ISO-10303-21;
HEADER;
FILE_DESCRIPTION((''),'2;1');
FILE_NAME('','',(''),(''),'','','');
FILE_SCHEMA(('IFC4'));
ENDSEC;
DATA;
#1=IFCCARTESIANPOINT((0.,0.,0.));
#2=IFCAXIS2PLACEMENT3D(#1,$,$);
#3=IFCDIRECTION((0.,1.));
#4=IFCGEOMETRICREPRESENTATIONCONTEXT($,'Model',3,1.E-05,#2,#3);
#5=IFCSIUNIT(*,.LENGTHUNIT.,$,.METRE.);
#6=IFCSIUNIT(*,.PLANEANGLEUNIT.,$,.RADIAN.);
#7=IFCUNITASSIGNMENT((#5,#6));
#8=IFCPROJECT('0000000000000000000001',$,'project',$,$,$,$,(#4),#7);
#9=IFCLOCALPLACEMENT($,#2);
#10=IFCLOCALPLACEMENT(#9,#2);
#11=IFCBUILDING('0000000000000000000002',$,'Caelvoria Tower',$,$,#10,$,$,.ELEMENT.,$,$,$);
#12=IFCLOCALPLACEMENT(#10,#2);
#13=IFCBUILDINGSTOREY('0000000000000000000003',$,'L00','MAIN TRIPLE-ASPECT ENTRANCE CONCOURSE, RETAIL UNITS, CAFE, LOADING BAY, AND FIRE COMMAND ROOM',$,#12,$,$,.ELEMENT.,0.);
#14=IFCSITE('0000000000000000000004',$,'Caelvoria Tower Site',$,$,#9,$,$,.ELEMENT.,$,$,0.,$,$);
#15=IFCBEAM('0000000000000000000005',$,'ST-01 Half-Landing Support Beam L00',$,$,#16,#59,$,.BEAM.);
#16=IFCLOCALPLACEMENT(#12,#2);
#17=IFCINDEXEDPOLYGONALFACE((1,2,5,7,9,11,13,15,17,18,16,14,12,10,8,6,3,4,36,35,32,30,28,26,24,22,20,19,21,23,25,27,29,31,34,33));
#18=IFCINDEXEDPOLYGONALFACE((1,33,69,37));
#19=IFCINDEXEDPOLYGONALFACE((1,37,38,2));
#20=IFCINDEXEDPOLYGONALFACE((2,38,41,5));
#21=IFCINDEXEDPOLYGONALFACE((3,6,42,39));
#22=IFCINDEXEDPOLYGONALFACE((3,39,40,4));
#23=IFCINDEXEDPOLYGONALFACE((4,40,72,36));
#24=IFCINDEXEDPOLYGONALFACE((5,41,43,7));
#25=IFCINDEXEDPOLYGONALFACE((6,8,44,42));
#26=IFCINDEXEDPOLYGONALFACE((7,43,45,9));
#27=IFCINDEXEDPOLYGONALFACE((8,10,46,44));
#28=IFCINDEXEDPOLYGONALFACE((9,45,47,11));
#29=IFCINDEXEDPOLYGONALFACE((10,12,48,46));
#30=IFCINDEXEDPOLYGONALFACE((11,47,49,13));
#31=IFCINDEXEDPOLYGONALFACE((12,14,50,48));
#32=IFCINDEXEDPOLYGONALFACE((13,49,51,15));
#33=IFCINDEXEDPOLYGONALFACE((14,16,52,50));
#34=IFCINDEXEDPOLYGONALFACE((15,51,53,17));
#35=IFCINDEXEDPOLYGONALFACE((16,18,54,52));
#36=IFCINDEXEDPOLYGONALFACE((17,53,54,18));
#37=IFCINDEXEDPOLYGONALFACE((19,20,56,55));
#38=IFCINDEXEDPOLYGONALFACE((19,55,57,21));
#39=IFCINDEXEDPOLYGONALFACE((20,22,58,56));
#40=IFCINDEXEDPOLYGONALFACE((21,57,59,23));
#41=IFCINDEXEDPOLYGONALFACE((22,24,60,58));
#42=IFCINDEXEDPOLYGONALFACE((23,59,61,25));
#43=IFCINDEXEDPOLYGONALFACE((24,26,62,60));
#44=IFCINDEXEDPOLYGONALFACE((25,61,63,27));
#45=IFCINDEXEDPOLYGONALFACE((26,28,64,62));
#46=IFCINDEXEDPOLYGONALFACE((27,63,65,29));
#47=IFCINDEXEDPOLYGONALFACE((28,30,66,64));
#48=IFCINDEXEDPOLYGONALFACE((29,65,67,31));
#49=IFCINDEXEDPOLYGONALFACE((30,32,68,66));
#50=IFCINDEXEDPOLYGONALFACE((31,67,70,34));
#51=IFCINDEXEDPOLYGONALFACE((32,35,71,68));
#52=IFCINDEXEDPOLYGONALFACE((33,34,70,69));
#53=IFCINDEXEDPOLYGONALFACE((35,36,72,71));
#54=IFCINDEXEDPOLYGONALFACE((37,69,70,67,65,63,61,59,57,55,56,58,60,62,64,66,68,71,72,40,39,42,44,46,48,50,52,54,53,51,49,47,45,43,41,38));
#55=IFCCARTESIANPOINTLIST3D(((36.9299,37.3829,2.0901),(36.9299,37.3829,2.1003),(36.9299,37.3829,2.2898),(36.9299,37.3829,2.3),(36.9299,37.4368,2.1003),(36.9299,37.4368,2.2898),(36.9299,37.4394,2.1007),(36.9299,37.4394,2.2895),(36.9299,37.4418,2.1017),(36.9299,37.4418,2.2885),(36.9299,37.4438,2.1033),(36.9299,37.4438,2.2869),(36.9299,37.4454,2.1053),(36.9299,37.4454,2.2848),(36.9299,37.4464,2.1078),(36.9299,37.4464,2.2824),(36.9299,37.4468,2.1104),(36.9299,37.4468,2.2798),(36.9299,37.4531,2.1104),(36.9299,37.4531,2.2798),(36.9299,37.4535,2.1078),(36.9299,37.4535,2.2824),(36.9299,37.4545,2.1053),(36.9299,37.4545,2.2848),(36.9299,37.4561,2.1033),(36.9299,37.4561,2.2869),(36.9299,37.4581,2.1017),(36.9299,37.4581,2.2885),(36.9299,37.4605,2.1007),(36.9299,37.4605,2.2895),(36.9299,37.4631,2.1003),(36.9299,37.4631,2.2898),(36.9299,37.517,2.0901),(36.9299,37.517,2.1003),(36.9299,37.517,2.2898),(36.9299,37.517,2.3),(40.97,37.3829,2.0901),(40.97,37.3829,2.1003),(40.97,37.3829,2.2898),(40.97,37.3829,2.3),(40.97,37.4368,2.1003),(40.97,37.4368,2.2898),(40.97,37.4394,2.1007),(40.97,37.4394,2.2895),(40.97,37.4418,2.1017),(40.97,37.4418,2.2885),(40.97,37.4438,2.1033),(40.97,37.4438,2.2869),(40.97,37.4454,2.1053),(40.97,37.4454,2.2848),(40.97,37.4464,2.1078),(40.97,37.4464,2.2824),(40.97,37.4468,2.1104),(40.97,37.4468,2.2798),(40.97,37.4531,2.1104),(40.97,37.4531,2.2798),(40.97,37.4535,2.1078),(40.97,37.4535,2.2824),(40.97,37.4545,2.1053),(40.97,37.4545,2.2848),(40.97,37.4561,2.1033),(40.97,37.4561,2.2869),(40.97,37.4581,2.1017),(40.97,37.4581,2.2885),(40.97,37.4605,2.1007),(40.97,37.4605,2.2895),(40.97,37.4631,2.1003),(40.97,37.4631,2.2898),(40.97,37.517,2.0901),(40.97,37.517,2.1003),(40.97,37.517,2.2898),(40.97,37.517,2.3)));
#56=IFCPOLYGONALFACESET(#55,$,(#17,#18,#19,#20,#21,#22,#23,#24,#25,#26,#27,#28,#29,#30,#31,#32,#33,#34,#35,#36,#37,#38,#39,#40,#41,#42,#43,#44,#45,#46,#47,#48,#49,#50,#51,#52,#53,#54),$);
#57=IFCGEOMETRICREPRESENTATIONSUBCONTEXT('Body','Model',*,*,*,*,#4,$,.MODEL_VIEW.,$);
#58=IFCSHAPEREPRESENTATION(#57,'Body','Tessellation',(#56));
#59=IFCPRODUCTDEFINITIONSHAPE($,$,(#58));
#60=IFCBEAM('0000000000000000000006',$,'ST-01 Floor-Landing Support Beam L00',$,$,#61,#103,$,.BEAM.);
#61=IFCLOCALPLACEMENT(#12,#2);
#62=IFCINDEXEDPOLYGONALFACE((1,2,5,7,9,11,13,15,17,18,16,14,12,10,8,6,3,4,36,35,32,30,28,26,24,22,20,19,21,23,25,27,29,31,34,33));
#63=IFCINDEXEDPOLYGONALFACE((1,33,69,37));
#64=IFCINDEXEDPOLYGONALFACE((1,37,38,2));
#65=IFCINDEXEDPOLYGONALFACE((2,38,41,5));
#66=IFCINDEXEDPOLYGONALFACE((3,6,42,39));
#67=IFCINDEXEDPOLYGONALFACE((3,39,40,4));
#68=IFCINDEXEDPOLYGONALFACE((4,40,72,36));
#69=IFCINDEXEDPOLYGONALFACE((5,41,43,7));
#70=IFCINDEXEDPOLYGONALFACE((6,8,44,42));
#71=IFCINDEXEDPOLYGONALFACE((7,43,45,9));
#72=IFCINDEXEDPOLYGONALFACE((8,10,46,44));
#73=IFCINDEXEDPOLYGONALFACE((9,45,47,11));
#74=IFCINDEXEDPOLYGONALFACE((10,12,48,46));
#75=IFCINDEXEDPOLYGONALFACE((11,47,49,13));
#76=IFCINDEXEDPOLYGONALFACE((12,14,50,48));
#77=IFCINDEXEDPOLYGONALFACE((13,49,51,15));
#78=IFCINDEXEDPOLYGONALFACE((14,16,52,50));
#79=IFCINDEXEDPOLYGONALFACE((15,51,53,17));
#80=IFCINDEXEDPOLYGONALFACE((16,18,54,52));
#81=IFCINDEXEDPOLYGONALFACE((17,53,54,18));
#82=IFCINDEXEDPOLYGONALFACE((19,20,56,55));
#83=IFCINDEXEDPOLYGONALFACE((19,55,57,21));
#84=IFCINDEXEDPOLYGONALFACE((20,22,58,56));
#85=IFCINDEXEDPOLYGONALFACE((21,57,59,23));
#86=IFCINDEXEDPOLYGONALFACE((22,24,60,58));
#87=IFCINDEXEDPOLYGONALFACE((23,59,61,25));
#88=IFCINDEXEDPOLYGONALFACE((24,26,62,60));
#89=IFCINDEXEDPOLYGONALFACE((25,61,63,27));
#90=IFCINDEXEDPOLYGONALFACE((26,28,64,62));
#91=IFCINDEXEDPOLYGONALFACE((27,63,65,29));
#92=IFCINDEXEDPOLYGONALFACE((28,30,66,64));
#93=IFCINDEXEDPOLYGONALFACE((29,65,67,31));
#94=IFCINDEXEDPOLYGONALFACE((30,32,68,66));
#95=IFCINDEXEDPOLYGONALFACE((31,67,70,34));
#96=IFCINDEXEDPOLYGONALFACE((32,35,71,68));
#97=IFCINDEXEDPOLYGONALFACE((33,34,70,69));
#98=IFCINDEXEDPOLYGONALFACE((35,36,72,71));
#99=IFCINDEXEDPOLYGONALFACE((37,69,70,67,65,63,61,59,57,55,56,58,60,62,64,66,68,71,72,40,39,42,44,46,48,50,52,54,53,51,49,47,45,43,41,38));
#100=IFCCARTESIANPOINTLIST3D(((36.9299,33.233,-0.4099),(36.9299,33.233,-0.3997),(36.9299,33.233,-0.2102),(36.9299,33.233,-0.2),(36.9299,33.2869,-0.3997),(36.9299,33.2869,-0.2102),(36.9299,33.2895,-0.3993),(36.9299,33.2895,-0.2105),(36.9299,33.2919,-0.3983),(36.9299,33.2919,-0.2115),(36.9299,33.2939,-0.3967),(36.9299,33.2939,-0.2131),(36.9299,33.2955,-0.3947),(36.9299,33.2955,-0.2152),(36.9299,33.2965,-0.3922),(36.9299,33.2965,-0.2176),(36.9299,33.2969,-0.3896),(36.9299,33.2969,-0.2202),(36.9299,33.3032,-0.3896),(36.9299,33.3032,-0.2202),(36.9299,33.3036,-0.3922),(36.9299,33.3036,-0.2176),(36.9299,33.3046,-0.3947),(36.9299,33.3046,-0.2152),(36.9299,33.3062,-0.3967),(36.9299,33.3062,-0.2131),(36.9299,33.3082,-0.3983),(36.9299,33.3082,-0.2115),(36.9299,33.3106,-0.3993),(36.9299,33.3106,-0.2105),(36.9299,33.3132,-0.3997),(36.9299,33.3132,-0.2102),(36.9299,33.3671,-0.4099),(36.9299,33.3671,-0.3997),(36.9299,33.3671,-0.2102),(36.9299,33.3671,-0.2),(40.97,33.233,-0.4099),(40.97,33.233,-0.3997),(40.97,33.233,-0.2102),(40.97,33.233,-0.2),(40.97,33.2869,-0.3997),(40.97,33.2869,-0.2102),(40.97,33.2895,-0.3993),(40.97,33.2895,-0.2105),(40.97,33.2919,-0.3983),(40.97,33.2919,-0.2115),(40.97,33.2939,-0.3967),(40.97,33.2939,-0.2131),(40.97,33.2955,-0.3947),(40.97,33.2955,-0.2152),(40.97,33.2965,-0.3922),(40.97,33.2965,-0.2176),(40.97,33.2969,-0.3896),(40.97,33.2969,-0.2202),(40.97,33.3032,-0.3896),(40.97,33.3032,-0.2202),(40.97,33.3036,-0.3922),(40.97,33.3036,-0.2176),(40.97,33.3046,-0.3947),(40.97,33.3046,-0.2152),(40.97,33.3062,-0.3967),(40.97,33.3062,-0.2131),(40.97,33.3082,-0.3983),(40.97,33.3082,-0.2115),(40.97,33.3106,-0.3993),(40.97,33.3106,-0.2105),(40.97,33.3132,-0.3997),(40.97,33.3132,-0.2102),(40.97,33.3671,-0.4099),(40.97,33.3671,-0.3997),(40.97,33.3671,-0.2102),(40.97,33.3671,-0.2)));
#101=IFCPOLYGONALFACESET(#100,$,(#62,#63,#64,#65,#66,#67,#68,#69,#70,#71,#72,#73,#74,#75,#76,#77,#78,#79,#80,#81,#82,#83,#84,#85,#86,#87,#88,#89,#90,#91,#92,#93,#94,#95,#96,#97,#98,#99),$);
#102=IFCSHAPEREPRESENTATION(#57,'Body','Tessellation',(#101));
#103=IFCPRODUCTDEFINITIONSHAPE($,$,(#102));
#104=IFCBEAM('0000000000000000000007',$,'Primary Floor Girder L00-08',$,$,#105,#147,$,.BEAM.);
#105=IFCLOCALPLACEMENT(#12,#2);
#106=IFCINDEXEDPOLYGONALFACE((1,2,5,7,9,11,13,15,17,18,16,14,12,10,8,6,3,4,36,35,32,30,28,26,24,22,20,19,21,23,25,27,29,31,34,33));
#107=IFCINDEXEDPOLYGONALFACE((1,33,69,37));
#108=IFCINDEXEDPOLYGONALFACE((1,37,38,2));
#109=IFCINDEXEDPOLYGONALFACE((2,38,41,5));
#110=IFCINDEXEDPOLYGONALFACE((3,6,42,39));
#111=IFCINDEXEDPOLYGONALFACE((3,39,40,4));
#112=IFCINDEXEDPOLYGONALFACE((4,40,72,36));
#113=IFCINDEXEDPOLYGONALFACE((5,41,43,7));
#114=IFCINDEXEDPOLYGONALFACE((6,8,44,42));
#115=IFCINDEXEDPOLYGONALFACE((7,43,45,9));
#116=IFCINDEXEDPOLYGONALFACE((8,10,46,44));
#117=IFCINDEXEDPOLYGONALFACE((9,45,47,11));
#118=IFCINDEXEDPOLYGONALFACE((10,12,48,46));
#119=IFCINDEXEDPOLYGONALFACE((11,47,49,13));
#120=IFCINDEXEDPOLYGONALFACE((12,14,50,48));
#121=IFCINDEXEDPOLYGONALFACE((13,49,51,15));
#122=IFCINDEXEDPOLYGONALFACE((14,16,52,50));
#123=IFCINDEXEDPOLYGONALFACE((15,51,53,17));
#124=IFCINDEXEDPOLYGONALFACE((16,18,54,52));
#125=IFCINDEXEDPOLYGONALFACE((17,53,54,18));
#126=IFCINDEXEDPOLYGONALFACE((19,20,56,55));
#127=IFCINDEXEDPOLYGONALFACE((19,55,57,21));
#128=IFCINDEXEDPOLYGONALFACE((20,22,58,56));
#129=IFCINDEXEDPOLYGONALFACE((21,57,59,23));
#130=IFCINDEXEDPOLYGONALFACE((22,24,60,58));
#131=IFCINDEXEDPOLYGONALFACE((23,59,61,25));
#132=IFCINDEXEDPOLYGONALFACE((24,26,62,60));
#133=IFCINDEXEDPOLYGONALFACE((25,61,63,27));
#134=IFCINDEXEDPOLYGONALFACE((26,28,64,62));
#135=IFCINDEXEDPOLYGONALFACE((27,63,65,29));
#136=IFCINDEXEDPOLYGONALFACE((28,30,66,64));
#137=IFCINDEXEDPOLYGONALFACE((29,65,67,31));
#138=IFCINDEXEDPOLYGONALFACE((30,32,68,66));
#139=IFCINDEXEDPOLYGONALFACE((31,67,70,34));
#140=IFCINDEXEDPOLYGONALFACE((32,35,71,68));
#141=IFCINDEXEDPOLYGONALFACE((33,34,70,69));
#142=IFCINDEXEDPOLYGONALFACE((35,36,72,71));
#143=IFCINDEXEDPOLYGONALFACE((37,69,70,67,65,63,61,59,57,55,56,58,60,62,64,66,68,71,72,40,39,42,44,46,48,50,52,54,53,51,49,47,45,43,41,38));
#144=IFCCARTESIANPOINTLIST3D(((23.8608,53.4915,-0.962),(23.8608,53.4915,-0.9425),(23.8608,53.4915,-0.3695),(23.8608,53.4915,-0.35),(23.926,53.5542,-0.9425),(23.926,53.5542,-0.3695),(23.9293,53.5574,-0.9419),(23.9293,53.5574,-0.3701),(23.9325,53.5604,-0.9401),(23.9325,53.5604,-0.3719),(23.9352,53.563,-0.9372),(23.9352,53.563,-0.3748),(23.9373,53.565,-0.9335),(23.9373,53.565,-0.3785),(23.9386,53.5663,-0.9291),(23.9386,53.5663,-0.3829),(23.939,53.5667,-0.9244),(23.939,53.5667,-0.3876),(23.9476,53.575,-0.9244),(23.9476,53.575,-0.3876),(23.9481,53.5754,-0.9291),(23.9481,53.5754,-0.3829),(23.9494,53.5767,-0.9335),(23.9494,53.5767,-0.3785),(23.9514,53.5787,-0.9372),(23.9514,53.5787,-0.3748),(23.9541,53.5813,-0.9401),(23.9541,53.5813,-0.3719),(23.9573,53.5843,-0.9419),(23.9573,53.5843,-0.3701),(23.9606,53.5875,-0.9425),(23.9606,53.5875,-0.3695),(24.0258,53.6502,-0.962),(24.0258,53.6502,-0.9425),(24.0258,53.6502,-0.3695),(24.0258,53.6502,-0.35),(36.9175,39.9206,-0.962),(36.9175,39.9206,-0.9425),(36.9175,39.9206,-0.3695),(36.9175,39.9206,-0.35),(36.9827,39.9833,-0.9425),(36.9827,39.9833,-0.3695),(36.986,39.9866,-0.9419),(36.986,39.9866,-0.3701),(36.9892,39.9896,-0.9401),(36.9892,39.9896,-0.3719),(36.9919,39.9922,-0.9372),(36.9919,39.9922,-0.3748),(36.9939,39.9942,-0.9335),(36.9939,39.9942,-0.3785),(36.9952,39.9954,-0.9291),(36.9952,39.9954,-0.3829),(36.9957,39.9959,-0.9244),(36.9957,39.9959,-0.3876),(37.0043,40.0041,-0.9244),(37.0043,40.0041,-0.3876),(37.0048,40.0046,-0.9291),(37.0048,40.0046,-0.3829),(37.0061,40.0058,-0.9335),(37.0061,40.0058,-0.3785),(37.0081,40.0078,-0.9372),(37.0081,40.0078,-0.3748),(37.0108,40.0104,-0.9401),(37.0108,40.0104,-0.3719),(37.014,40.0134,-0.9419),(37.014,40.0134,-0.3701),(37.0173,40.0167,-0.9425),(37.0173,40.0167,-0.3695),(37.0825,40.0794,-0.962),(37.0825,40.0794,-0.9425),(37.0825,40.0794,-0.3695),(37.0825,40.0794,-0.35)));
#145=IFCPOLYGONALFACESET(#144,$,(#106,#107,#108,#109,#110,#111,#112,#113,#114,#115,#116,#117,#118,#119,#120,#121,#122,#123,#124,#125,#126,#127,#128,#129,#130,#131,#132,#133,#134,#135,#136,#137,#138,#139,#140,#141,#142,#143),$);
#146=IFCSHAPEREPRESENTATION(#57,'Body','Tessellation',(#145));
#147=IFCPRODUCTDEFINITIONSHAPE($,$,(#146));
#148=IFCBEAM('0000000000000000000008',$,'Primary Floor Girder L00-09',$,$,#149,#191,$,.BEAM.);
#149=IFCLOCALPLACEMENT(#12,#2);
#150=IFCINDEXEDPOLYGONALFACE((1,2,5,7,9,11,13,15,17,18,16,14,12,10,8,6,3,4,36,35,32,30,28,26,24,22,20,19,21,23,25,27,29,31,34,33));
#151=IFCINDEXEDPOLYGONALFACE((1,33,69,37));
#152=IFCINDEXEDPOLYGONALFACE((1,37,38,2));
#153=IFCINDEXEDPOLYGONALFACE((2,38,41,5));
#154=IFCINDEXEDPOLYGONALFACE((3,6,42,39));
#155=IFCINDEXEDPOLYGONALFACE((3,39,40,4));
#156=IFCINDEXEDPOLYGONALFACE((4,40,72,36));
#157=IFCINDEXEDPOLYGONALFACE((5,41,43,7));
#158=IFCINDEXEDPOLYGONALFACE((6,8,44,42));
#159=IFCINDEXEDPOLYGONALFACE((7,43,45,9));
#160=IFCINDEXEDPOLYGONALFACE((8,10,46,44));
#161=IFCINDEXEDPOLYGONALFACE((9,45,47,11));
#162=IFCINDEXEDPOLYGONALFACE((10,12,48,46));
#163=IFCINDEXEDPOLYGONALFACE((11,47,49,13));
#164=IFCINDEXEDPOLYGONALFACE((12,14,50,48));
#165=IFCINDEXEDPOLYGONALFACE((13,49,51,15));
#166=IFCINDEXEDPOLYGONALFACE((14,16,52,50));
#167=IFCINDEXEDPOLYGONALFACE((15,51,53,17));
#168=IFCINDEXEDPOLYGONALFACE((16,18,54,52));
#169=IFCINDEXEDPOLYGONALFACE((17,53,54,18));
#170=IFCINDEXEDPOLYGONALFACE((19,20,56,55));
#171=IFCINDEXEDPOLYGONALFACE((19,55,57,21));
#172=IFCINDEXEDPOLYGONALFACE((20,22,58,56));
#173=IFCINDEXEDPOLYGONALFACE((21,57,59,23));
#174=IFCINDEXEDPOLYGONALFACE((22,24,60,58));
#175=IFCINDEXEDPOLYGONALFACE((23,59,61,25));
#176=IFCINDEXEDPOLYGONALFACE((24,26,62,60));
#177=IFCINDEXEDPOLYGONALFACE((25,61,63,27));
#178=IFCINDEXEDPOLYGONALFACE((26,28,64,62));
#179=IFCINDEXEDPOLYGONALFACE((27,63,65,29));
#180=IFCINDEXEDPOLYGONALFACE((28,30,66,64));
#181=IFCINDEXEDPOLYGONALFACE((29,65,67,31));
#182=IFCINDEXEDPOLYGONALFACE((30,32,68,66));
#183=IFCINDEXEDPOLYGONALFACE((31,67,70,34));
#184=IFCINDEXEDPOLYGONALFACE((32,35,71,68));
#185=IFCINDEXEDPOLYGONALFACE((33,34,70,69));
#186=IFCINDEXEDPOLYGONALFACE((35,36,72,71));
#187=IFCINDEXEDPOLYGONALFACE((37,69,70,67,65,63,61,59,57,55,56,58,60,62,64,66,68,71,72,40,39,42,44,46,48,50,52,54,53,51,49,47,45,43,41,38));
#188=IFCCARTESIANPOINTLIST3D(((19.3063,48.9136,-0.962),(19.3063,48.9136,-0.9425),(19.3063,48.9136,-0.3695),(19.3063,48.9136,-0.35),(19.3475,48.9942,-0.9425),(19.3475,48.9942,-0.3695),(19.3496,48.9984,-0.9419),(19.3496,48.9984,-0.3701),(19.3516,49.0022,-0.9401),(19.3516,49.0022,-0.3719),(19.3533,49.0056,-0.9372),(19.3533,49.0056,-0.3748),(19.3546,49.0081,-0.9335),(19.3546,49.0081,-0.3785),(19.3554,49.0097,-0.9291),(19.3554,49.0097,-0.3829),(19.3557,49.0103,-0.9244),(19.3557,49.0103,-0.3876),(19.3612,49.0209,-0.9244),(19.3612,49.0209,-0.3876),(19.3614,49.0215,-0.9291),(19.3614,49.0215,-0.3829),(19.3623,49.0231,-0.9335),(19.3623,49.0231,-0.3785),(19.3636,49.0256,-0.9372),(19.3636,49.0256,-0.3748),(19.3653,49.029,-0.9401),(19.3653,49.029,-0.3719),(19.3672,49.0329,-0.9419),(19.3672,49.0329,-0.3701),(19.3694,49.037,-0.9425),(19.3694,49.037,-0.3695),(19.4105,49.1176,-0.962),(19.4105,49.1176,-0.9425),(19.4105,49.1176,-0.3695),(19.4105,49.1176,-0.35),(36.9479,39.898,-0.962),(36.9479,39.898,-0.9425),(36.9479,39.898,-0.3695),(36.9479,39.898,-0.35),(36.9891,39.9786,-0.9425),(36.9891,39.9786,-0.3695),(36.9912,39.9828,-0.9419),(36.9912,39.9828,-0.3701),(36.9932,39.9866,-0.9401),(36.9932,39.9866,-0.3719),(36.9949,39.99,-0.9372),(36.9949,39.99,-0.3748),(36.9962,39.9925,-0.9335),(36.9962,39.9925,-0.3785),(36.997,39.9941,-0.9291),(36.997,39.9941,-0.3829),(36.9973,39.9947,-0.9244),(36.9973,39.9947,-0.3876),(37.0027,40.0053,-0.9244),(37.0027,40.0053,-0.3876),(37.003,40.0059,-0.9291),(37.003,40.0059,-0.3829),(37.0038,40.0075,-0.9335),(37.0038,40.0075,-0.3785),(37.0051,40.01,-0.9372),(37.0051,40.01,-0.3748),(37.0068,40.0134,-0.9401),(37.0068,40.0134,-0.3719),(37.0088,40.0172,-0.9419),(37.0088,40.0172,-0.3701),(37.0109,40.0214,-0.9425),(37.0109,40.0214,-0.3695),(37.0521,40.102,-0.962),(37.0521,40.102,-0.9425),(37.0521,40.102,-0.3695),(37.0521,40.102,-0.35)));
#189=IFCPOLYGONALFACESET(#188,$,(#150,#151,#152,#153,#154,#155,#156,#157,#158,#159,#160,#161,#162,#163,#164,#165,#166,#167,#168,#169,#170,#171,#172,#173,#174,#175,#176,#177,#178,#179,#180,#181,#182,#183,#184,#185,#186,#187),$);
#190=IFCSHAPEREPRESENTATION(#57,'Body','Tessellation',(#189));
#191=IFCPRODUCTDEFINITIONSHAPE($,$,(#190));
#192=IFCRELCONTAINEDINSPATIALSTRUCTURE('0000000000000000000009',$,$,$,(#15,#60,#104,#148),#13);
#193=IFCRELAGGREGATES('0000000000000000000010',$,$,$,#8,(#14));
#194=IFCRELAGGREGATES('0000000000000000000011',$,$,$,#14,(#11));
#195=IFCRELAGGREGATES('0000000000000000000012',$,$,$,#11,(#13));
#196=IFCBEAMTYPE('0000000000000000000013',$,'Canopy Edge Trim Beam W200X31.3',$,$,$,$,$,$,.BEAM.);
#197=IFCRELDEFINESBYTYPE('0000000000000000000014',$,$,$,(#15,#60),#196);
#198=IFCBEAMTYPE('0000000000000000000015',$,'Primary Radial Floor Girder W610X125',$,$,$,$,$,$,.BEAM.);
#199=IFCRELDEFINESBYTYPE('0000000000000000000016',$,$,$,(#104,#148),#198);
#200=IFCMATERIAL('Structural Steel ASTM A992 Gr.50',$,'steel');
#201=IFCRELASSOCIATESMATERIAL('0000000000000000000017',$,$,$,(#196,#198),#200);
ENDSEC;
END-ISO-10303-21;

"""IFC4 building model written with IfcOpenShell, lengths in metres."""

from ifc_helpers import new_model, si_unit, direction, frame, origin, origin_2d, place, context, subcontext, project, spatial, i_section, extrude, material, material_profile, profile_set, type_object, element, save


model = new_model("IFC4")

# Units and contexts
model_context = context("Model", 3, precision=1e-05, world=origin(), true_north=direction((0.0, 1.0)))
body_context = subcontext(model_context, "Body", "Model", "MODEL_VIEW")
ifc_project = project(units=[si_unit("LENGTHUNIT", "METRE"), si_unit("PLANEANGLEUNIT", "RADIAN")], contexts=[model_context])

# Site, building, storey
site_placement = place(None, origin())
site = spatial("IfcSite", under=ifc_project, at=site_placement, Name="Caelvoria Tower Site", CompositionType="ELEMENT", RefElevation=0.0)
building_placement = place(site_placement, origin())
building = spatial("IfcBuilding", under=site, at=building_placement, Name="Caelvoria Tower", CompositionType="ELEMENT")
storey_placement = place(building_placement, origin())
storey = spatial("IfcBuildingStorey", under=building, at=storey_placement, Name="L00", Description="MAIN TRIPLE-ASPECT ENTRANCE CONCOURSE, RETAIL UNITS, CAFE, LOADING BAY, AND FIRE COMMAND ROOM", CompositionType="ELEMENT", Elevation=0.0)

# Beams
ifc_material_1 = material(Name="Structural Steel ASTM A992 Gr.50", Category="steel")
ifc_material_profile_1 = material_profile(ifc_material_1, i_section(OverallWidth=0.134, OverallDepth=0.21, WebThickness=0.0063, FlangeThickness=0.0103, FilletRadius=0.01, at=origin_2d()), Name="Structural Steel ASTM A992 Gr.50")
ifc_profile_set_1 = profile_set([ifc_material_profile_1], Name="W200X31.3 - Structural Steel ASTM A992 Gr.50")
beam_type_1 = type_object("IfcBeamType", Name="Canopy Edge Trim Beam W200X31.3", PredefinedType="BEAM", material=ifc_profile_set_1)
for number, where, z_axis, x_axis, name in (
    (1, (36.9299, 37.45, 2.1951), (1.0, 0.0, 0.0), (0.0, 1.0, 0.0), "ST-01 Half-Landing Support Beam L00"),
    (2, (36.9299, 33.3, -0.3049), (1.0, 0.0, 0.0), (0.0, 1.0, 0.0), "ST-01 Floor-Landing Support Beam L00"),
):
    element("IfcBeam", number, at=place(storey_placement, frame(where, z_axis=z_axis, x_axis=x_axis)), inside=storey, type_object=beam_type_1, Name=name, PredefinedType="BEAM", context=body_context, shape_type="SweptSolid", body=[
        extrude(i_section(OverallWidth=0.134, OverallDepth=0.21, WebThickness=0.0063, FlangeThickness=0.0103, FilletRadius=0.01, at=origin_2d()), origin(), (0.0, 0.0, 1.0), 4.04),
    ])
ifc_material_profile_2 = material_profile(ifc_material_1, i_section(OverallWidth=0.229, OverallDepth=0.6121, WebThickness=0.012, FlangeThickness=0.0195, FilletRadius=0.0181, at=origin_2d()), Name="Structural Steel ASTM A992 Gr.50")
ifc_profile_set_2 = profile_set([ifc_material_profile_2], Name="W610X125 - Structural Steel ASTM A992 Gr.50")
beam_type_2 = type_object("IfcBeamType", Name="Primary Radial Floor Girder W610X125", PredefinedType="BEAM", material=ifc_profile_set_2)
beam_1_placement = place(storey_placement, frame((37.0, 40.0, -0.656), z_axis=(-0.693324, 0.720626, 0.0), x_axis=(-0.720626, -0.693324, 0.0)))
element("IfcBeam", 3, at=beam_1_placement, inside=storey, type_object=beam_type_2, Name="Primary Floor Girder L00-08", PredefinedType="BEAM", context=body_context, shape_type="SweptSolid", body=[
    extrude(i_section(OverallWidth=0.229, OverallDepth=0.6121, WebThickness=0.012, FlangeThickness=0.0195, FilletRadius=0.0181, at=origin_2d()), origin(), (0.0, 0.0, 1.0), 18.832),
])
beam_2_placement = place(storey_placement, frame((37.0, 40.0, -0.656), z_axis=(-0.890459, 0.455063, 0.0), x_axis=(-0.455063, -0.890459, 0.0)))
element("IfcBeam", 4, at=beam_2_placement, inside=storey, type_object=beam_type_2, Name="Primary Floor Girder L00-09", PredefinedType="BEAM", context=body_context, shape_type="SweptSolid", body=[
    extrude(i_section(OverallWidth=0.229, OverallDepth=0.6121, WebThickness=0.012, FlangeThickness=0.0195, FilletRadius=0.0181, at=origin_2d()), origin(), (0.0, 0.0, 1.0), 19.8118),
])

save(model, "model.ifc")
